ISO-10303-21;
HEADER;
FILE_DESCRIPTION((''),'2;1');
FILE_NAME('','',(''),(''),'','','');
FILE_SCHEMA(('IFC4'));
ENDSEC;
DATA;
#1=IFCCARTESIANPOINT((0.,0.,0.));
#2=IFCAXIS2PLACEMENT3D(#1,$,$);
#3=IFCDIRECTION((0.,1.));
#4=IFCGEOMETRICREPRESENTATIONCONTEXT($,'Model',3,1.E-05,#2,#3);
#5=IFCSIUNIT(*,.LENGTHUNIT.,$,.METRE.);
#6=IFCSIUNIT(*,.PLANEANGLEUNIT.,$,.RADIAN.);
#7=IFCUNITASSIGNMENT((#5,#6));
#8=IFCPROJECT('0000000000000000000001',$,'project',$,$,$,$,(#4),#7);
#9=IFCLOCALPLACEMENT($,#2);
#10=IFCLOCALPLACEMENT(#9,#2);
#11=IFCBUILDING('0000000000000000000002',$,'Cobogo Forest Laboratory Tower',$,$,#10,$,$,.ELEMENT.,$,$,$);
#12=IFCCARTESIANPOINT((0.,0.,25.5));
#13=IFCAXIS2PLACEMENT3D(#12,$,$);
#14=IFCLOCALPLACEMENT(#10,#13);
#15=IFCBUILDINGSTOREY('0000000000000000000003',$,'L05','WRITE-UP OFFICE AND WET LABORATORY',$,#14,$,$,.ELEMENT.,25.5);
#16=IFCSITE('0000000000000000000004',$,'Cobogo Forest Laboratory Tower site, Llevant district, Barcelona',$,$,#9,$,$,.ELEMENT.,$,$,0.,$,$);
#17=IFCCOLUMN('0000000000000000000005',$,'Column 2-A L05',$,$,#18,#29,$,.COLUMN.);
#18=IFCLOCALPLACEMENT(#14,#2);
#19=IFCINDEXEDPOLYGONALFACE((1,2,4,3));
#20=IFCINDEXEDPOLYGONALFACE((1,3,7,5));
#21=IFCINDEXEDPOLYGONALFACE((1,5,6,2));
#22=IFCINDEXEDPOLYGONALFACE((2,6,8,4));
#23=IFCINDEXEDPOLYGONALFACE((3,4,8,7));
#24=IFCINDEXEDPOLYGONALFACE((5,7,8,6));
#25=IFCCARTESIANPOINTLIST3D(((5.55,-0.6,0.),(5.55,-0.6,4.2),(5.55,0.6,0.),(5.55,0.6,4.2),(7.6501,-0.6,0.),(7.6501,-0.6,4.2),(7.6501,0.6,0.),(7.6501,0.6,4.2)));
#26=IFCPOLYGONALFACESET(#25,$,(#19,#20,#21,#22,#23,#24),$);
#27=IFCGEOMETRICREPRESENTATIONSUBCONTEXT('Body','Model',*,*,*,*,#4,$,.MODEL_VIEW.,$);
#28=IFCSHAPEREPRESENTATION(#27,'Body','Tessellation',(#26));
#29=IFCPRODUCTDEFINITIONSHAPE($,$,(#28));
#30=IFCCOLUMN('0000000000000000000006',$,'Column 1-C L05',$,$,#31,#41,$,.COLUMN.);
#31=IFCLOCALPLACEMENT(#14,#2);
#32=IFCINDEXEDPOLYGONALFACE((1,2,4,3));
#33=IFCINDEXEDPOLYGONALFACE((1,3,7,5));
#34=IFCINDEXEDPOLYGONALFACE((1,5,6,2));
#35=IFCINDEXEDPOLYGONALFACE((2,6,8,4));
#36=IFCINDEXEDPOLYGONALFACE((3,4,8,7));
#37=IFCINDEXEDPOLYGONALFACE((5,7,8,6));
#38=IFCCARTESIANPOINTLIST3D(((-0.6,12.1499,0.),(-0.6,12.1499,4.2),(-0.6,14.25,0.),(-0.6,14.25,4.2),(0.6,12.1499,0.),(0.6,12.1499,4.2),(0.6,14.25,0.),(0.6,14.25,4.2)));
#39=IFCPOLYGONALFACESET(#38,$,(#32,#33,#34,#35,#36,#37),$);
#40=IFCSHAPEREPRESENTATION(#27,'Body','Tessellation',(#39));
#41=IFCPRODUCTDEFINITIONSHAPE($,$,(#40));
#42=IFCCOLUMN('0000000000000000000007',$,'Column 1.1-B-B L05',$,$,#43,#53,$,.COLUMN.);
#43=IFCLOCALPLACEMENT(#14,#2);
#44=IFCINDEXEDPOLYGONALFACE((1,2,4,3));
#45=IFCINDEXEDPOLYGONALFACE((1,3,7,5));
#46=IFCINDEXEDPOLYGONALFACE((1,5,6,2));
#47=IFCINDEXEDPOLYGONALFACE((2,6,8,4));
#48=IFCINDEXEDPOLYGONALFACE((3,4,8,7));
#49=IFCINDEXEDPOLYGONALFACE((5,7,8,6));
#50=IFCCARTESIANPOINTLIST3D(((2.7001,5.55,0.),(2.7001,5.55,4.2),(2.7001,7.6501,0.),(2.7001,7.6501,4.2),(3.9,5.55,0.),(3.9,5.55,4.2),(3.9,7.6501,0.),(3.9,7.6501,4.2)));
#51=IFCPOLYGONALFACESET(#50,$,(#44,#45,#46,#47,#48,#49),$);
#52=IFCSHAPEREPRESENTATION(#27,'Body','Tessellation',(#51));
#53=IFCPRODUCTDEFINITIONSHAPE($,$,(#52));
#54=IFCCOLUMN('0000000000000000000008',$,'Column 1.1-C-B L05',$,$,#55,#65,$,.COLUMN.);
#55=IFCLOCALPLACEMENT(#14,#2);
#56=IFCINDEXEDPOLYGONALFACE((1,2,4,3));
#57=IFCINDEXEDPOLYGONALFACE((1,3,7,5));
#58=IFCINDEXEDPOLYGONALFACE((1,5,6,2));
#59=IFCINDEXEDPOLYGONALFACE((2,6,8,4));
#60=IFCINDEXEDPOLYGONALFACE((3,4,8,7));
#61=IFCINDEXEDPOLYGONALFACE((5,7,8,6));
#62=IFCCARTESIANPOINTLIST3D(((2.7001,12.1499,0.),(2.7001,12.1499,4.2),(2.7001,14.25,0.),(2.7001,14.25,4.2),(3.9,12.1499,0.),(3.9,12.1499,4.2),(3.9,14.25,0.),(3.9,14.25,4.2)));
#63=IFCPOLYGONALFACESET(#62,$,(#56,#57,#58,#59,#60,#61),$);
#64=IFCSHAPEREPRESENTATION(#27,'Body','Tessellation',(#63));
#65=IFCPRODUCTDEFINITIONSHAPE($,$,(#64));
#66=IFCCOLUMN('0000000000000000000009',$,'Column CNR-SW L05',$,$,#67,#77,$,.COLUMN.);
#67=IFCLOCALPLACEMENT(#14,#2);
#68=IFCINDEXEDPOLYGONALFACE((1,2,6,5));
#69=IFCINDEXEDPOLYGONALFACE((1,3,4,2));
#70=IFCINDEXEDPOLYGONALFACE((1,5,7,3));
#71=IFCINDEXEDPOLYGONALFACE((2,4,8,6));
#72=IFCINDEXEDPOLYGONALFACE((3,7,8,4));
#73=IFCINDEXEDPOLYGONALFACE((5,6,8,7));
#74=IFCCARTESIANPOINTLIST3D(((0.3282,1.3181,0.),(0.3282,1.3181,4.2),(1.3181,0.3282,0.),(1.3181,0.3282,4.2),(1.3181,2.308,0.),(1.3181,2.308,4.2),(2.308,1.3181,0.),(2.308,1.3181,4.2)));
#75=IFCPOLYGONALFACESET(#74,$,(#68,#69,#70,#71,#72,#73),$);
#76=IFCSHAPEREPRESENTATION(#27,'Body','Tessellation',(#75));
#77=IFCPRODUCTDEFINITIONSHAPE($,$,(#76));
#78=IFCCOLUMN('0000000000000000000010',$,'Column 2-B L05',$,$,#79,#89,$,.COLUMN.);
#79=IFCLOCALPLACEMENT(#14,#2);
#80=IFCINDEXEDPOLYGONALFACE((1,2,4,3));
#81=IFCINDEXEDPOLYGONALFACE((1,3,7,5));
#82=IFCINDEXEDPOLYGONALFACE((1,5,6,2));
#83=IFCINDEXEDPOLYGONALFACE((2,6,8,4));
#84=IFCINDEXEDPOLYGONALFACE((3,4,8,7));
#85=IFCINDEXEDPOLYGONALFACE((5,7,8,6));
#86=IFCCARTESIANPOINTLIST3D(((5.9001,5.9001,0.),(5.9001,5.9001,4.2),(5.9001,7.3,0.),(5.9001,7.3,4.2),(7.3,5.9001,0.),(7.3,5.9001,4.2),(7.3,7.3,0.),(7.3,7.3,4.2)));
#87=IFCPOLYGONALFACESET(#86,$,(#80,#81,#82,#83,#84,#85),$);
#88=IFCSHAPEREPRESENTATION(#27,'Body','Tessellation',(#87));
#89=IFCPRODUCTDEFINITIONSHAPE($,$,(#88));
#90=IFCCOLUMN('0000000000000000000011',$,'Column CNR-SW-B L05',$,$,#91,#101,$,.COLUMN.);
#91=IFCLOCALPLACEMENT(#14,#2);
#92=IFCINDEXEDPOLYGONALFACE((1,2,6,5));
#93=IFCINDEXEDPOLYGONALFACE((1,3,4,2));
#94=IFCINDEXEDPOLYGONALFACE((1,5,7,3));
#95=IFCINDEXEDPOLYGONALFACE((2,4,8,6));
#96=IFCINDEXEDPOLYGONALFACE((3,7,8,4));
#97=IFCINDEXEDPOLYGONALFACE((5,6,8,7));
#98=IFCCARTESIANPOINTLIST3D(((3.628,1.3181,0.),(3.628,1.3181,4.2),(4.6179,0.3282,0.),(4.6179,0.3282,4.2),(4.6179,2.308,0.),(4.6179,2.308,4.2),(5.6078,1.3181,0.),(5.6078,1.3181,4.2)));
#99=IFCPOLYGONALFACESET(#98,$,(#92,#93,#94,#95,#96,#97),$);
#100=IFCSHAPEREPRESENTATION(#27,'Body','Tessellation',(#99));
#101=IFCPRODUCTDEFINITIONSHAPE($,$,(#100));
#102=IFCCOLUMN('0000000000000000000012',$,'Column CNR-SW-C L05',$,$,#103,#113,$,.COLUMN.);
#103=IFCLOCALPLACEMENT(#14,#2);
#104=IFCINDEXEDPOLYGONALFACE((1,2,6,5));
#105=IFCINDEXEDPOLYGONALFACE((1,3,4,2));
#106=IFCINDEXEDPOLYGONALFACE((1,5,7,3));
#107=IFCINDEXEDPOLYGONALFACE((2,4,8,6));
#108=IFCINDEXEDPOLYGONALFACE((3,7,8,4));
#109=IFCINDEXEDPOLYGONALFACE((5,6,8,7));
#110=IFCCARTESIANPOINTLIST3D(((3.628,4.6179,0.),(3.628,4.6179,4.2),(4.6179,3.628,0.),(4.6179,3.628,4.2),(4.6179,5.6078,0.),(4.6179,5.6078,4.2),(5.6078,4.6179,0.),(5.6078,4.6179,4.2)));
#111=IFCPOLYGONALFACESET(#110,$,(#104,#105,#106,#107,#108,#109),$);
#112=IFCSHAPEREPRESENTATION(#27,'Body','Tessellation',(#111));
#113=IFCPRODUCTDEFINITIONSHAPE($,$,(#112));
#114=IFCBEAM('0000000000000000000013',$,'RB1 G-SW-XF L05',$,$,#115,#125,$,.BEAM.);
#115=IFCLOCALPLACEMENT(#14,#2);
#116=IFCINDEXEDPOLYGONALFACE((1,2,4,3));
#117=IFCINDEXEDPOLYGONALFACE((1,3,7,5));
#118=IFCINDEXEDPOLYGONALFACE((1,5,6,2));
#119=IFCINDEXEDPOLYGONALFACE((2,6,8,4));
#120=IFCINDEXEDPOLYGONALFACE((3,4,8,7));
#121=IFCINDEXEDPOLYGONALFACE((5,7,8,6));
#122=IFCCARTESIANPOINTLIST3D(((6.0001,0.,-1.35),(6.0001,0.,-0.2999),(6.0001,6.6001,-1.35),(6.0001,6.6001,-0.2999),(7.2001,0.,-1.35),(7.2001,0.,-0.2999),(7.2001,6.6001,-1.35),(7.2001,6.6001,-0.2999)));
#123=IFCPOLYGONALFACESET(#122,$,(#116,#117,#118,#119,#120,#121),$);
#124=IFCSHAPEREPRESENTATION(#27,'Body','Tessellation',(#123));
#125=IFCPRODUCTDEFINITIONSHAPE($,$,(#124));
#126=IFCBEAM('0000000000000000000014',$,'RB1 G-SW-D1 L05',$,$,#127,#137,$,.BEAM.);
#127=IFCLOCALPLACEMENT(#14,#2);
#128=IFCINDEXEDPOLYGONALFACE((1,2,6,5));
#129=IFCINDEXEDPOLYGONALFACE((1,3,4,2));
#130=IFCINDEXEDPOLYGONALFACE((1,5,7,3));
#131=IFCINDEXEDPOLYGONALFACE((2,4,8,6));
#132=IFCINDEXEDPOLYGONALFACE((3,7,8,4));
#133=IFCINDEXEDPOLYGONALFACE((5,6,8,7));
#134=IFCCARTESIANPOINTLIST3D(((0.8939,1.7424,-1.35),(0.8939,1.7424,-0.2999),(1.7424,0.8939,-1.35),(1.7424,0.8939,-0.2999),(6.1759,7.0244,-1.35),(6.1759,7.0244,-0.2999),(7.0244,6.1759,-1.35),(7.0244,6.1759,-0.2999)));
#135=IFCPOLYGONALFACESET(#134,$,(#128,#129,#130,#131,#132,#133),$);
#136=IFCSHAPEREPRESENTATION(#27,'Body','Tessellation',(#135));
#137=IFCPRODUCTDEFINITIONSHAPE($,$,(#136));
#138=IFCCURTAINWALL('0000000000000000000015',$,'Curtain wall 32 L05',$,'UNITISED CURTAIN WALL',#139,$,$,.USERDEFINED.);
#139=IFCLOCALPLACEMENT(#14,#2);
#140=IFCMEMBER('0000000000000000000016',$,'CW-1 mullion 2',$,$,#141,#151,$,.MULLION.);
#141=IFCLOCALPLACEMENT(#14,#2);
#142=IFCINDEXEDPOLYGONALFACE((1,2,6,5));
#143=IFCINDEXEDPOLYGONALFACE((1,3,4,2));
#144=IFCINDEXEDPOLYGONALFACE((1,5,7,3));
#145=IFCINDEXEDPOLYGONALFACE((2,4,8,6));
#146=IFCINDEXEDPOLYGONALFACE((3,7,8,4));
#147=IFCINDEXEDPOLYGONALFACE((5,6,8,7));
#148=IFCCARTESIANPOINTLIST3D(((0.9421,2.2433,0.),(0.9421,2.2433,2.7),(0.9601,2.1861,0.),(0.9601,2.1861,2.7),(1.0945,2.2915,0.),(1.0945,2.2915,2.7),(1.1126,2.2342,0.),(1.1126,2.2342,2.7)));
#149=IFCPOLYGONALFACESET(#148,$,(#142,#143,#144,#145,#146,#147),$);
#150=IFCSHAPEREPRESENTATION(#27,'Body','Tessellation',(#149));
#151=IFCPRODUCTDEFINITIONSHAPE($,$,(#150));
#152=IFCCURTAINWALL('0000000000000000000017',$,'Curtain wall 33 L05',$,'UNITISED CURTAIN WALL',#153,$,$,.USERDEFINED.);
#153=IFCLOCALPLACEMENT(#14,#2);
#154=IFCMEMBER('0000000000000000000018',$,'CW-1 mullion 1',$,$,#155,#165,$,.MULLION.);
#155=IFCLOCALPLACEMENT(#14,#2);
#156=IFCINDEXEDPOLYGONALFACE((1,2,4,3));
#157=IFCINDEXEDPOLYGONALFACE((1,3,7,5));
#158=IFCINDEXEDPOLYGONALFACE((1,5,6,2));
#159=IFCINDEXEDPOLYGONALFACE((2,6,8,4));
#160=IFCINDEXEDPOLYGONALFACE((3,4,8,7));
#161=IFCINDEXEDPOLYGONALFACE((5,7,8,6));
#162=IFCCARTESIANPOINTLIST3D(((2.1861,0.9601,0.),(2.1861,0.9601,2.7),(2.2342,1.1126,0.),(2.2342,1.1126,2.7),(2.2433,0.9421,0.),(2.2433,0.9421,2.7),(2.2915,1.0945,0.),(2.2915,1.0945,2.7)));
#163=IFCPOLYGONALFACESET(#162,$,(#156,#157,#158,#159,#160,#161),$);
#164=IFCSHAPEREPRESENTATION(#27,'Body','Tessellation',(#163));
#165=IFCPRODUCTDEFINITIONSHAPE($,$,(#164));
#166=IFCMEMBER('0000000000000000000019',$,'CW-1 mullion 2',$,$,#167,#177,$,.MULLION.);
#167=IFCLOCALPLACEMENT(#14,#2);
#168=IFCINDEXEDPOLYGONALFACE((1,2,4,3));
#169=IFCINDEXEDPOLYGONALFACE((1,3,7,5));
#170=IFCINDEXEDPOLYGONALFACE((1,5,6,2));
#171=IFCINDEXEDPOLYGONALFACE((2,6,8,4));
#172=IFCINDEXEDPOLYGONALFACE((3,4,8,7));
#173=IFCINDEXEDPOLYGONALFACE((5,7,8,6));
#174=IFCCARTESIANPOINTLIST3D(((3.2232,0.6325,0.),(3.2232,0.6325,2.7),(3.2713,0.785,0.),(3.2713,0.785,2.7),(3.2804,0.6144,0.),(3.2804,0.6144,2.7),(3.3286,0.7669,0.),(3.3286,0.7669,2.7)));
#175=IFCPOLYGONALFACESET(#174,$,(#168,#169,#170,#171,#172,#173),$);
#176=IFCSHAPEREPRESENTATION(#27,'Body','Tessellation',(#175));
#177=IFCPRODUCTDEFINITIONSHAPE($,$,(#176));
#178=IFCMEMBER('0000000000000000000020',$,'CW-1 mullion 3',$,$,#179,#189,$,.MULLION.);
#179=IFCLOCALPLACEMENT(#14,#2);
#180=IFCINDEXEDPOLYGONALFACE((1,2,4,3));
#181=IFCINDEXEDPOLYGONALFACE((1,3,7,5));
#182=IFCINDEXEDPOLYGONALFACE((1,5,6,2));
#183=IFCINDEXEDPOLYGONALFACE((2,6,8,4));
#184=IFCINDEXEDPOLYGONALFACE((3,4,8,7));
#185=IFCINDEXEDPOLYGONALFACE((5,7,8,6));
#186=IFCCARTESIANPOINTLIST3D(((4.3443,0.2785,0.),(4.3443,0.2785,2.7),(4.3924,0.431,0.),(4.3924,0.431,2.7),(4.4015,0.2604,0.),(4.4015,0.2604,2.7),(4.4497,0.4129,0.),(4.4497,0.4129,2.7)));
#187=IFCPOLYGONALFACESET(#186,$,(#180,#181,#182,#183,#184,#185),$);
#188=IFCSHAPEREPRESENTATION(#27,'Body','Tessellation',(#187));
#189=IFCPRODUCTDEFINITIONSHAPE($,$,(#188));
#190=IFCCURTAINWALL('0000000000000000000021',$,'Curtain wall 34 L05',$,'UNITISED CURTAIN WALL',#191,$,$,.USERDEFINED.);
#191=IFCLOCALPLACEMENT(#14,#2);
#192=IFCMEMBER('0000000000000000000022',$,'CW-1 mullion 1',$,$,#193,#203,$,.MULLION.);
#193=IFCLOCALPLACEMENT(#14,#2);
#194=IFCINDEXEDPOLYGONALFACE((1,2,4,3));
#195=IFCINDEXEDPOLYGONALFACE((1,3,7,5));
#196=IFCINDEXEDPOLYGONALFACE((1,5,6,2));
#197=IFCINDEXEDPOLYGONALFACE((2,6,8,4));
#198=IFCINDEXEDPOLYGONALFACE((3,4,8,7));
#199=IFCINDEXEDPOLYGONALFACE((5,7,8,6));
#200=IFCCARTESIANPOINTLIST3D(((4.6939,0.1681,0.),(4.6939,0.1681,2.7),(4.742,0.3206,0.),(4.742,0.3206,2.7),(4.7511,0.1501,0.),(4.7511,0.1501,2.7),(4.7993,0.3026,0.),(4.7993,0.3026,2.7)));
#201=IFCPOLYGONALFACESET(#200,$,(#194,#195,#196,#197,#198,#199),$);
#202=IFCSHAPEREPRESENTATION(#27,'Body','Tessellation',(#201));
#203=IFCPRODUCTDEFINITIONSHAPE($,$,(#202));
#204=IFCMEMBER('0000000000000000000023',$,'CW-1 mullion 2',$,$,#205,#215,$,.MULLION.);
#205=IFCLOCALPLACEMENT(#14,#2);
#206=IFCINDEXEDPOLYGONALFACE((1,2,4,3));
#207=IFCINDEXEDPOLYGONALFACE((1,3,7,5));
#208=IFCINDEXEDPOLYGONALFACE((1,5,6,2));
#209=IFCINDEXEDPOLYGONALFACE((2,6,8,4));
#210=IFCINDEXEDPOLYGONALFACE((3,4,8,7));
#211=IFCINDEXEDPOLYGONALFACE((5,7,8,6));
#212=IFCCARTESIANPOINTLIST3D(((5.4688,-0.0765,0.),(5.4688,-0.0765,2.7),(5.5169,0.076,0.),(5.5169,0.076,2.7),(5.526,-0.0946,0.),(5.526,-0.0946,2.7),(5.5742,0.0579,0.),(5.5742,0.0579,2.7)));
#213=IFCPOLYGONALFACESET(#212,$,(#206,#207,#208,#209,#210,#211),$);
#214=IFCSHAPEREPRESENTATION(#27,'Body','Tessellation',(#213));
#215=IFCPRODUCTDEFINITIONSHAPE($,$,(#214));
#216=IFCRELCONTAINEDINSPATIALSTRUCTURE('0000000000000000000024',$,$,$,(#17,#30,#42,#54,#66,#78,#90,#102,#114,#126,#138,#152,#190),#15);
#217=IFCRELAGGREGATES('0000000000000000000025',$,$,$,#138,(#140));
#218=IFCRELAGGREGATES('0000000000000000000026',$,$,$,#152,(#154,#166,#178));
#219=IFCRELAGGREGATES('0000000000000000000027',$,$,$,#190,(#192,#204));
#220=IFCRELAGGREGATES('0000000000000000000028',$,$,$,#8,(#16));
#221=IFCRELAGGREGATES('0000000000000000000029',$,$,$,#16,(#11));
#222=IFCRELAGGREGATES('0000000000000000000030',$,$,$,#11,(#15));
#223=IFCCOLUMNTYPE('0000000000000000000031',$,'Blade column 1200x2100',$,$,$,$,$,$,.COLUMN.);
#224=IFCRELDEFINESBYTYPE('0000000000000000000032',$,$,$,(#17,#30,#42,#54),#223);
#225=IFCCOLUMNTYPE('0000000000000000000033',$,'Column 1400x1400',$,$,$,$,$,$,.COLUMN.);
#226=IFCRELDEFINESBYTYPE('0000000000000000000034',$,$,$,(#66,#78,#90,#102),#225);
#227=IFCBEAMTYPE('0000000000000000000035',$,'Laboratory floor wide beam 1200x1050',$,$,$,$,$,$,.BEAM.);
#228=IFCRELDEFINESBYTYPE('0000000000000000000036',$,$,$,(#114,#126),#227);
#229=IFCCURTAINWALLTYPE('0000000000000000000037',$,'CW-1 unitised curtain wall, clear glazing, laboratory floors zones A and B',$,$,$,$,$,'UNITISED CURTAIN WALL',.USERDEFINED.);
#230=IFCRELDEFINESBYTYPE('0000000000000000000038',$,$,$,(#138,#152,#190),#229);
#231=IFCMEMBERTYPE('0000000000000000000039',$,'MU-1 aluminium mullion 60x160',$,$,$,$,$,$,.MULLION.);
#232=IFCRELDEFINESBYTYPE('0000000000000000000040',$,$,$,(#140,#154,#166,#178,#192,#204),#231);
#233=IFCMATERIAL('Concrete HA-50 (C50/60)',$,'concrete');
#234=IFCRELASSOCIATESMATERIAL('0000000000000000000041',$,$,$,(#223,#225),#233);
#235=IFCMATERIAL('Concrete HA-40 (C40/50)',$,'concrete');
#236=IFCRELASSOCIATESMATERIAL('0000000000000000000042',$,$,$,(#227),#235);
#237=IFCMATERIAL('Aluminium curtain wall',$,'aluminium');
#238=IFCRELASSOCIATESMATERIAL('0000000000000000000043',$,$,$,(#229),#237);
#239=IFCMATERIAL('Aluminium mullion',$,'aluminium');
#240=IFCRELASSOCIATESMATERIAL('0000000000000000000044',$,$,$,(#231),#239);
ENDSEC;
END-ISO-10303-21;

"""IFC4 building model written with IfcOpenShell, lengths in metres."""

from ifc_helpers import new_model, si_unit, direction, frame, origin, origin_2d, place, context, subcontext, project, spatial, rectangle, extrude, material, material_profile, profile_set, type_object, element, aggregate, save


model = new_model("IFC4")

# Units and contexts
model_context = context("Model", 3, precision=1e-05, world=origin(), true_north=direction((0.0, 1.0)))
body_context = subcontext(model_context, "Body", "Model", "MODEL_VIEW")
ifc_project = project(units=[si_unit("LENGTHUNIT", "METRE"), si_unit("PLANEANGLEUNIT", "RADIAN")], contexts=[model_context])

# Site, building, storey
site_placement = place(None, origin())
site = spatial("IfcSite", under=ifc_project, at=site_placement, Name="Cobogo Forest Laboratory Tower site, Llevant district, Barcelona", CompositionType="ELEMENT", RefElevation=0.0)
building_placement = place(site_placement, origin())
building = spatial("IfcBuilding", under=site, at=building_placement, Name="Cobogo Forest Laboratory Tower", CompositionType="ELEMENT")
storey_placement = place(building_placement, frame((0.0, 0.0, 25.5)))
storey = spatial("IfcBuildingStorey", under=building, at=storey_placement, Name="L05", Description="WRITE-UP OFFICE AND WET LABORATORY", CompositionType="ELEMENT", Elevation=25.5)

# Columns
ifc_material_1 = material(Name="Concrete HA-50 (C50/60)", Category="concrete")
ifc_material_profile_1 = material_profile(ifc_material_1, rectangle(XDim=2.1001, YDim=1.2, at=origin_2d()), Name="RC 1200x2100")
ifc_profile_set_1 = profile_set([ifc_material_profile_1], Name="Concrete HA-50 (C50/60)")
column_type_1 = type_object("IfcColumnType", Name="Blade column 1200x2100", PredefinedType="COLUMN", material=ifc_profile_set_1)
for number, where, z_axis, x_axis, name in (
    (1, (6.6001, 0.0, 0.0), (0.0, 0.0, 1.0), (1.0, 0.0, 0.0), "Column 2-A L05"),
    (2, (0.0, 13.2, 0.0), (0.0, 0.0, 1.0), (0.0, 1.0, 0.0), "Column 1-C L05"),
    (3, (3.3, 6.6001, 0.0), (0.0, 0.0, 1.0), (0.0, 1.0, 0.0), "Column 1.1-B-B L05"),
    (4, (3.3, 13.2, 0.0), (0.0, 0.0, 1.0), (0.0, 1.0, 0.0), "Column 1.1-C-B L05"),
):
    element("IfcColumn", number, at=place(storey_placement, frame(where, z_axis=z_axis, x_axis=x_axis)), inside=storey, type_object=column_type_1, Name=name, PredefinedType="COLUMN", context=body_context, shape_type="SweptSolid", body=[
        extrude(rectangle(XDim=2.1001, YDim=1.2, at=origin_2d()), origin(), (0.0, 0.0, 1.0), 4.2),
    ])
ifc_material_profile_2 = material_profile(ifc_material_1, rectangle(XDim=1.3999, YDim=1.3999, at=origin_2d()), Name="RC 1400x1400")
ifc_profile_set_2 = profile_set([ifc_material_profile_2], Name="Concrete HA-50 (C50/60)")
column_type_2 = type_object("IfcColumnType", Name="Column 1400x1400", PredefinedType="COLUMN", material=ifc_profile_set_2)
for number, where, z_axis, x_axis, name in (
    (5, (1.3181, 1.3181, 0.0), (0.0, 0.0, 1.0), (0.707107, 0.707107, 0.0), "Column CNR-SW L05"),
    (6, (6.6001, 6.6001, 0.0), (0.0, 0.0, 1.0), (1.0, 0.0, 0.0), "Column 2-B L05"),
    (7, (4.6179, 1.3181, 0.0), (0.0, 0.0, 1.0), (0.707107, 0.707107, 0.0), "Column CNR-SW-B L05"),
    (8, (4.6179, 4.6179, 0.0), (0.0, 0.0, 1.0), (0.707107, 0.707107, 0.0), "Column CNR-SW-C L05"),
):
    element("IfcColumn", number, at=place(storey_placement, frame(where, z_axis=z_axis, x_axis=x_axis)), inside=storey, type_object=column_type_2, Name=name, PredefinedType="COLUMN", context=body_context, shape_type="SweptSolid", body=[
        extrude(rectangle(XDim=1.3999, YDim=1.3999, at=origin_2d()), origin(), (0.0, 0.0, 1.0), 4.2),
    ])

# Beams
ifc_material_2 = material(Name="Concrete HA-40 (C40/50)", Category="concrete")
ifc_material_profile_3 = material_profile(ifc_material_2, rectangle(XDim=1.2, YDim=1.05, at=origin_2d()), Name="RC 1200x1050")
ifc_profile_set_3 = profile_set([ifc_material_profile_3], Name="Concrete HA-40 (C40/50)")
beam_type_1 = type_object("IfcBeamType", Name="Laboratory floor wide beam 1200x1050", PredefinedType="BEAM", material=ifc_profile_set_3)
beam_1_placement = place(storey_placement, frame((6.6001, 0.0, -0.825), z_axis=(0.0, 1.0, 0.0), x_axis=(-1.0, 0.0, 0.0)))
element("IfcBeam", 9, at=beam_1_placement, inside=storey, type_object=beam_type_1, Name="RB1 G-SW-XF L05", PredefinedType="BEAM", context=body_context, shape_type="SweptSolid", body=[
    extrude(rectangle(XDim=1.2, YDim=1.05, at=origin_2d()), origin(), (0.0, 0.0, 1.0), 6.6001),
])
beam_2_placement = place(storey_placement, frame((1.3181, 1.3181, -0.825), z_axis=(0.707107, 0.707107, 0.0), x_axis=(-0.707107, 0.707107, 0.0)))
element("IfcBeam", 10, at=beam_2_placement, inside=storey, type_object=beam_type_1, Name="RB1 G-SW-D1 L05", PredefinedType="BEAM", context=body_context, shape_type="SweptSolid", body=[
    extrude(rectangle(XDim=1.2, YDim=1.05, at=origin_2d()), origin(), (0.0, 0.0, 1.0), 7.47),
])

# Curtain wall, member
ifc_material_3 = material(Name="Aluminium curtain wall", Category="aluminium")
curtain_wall_type = type_object("IfcCurtainWallType", Name="CW-1 unitised curtain wall, clear glazing, laboratory floors zones A and B", ElementType="UNITISED CURTAIN WALL", PredefinedType="USERDEFINED", material=ifc_material_3)
curtain_wall_1_placement = place(storey_placement, origin())
curtain_wall_1 = element("IfcCurtainWall", 11, at=curtain_wall_1_placement, inside=storey, type_object=curtain_wall_type, Name="Curtain wall 32 L05", ObjectType="UNITISED CURTAIN WALL", PredefinedType="USERDEFINED")
ifc_material_4 = material(Name="Aluminium mullion", Category="aluminium")
ifc_material_profile_4 = material_profile(ifc_material_4, rectangle(XDim=0.0601, YDim=0.1599, at=origin_2d()), Name="AL 60x160")
ifc_profile_set_4 = profile_set([ifc_material_profile_4], Name="Aluminium mullion")
member_type_1 = type_object("IfcMemberType", Name="MU-1 aluminium mullion 60x160", PredefinedType="MULLION", material=ifc_profile_set_4)
member_1_placement = place(storey_placement, frame((1.0273, 2.2388, 0.0), z_axis=(0.0, 0.0, 1.0), x_axis=(0.301135, -0.953581, 0.0)))
member_1 = element("IfcMember", 12, at=member_1_placement, type_object=member_type_1, Name="CW-1 mullion 2", PredefinedType="MULLION", context=body_context, shape_type="SweptSolid", body=[
    extrude(rectangle(XDim=0.0601, YDim=0.1599, at=origin_2d()), origin(), (0.0, 0.0, 1.0), 2.7),
])

# Curtain walls, members
curtain_wall_2_placement = place(storey_placement, origin())
curtain_wall_2 = element("IfcCurtainWall", 13, at=curtain_wall_2_placement, inside=storey, type_object=curtain_wall_type, Name="Curtain wall 33 L05", ObjectType="UNITISED CURTAIN WALL", PredefinedType="USERDEFINED")
member_2_placement = place(storey_placement, frame((2.2388, 1.0273, 0.0), z_axis=(0.0, 0.0, 1.0), x_axis=(0.953581, -0.301135, 0.0)))
member_2 = element("IfcMember", 14, at=member_2_placement, type_object=member_type_1, Name="CW-1 mullion 1", PredefinedType="MULLION", context=body_context, shape_type="SweptSolid", body=[
    extrude(rectangle(XDim=0.0601, YDim=0.1599, at=origin_2d()), origin(), (0.0, 0.0, 1.0), 2.7),
])
member_3_placement = place(storey_placement, frame((3.2759, 0.6997, 0.0), z_axis=(0.0, 0.0, 1.0), x_axis=(0.953581, -0.301135, 0.0)))
member_3 = element("IfcMember", 15, at=member_3_placement, type_object=member_type_1, Name="CW-1 mullion 2", PredefinedType="MULLION", context=body_context, shape_type="SweptSolid", body=[
    extrude(rectangle(XDim=0.0601, YDim=0.1599, at=origin_2d()), origin(), (0.0, 0.0, 1.0), 2.7),
])
member_4_placement = place(storey_placement, frame((4.397, 0.3457, 0.0), z_axis=(0.0, 0.0, 1.0), x_axis=(0.953581, -0.301135, 0.0)))
member_4 = element("IfcMember", 16, at=member_4_placement, type_object=member_type_1, Name="CW-1 mullion 3", PredefinedType="MULLION", context=body_context, shape_type="SweptSolid", body=[
    extrude(rectangle(XDim=0.0601, YDim=0.1599, at=origin_2d()), origin(), (0.0, 0.0, 1.0), 2.7),
])
curtain_wall_3_placement = place(storey_placement, origin())
curtain_wall_3 = element("IfcCurtainWall", 17, at=curtain_wall_3_placement, inside=storey, type_object=curtain_wall_type, Name="Curtain wall 34 L05", ObjectType="UNITISED CURTAIN WALL", PredefinedType="USERDEFINED")
member_5_placement = place(storey_placement, frame((4.7466, 0.2354, 0.0), z_axis=(0.0, 0.0, 1.0), x_axis=(0.953582, -0.301135, 0.0)))
member_5 = element("IfcMember", 18, at=member_5_placement, type_object=member_type_1, Name="CW-1 mullion 1", PredefinedType="MULLION", context=body_context, shape_type="SweptSolid", body=[
    extrude(rectangle(XDim=0.0601, YDim=0.1599, at=origin_2d()), origin(), (0.0, 0.0, 1.0), 2.7),
])
member_6_placement = place(storey_placement, frame((5.5215, -0.0093, 0.0), z_axis=(0.0, 0.0, 1.0), x_axis=(0.953582, -0.301135, 0.0)))
member_6 = element("IfcMember", 19, at=member_6_placement, type_object=member_type_1, Name="CW-1 mullion 2", PredefinedType="MULLION", context=body_context, shape_type="SweptSolid", body=[
    extrude(rectangle(XDim=0.0601, YDim=0.1599, at=origin_2d()), origin(), (0.0, 0.0, 1.0), 2.7),
])

aggregate(curtain_wall_1, [member_1])
aggregate(curtain_wall_2, [member_2, member_3, member_4])
aggregate(curtain_wall_3, [member_5, member_6])

save(model, "model.ifc")
